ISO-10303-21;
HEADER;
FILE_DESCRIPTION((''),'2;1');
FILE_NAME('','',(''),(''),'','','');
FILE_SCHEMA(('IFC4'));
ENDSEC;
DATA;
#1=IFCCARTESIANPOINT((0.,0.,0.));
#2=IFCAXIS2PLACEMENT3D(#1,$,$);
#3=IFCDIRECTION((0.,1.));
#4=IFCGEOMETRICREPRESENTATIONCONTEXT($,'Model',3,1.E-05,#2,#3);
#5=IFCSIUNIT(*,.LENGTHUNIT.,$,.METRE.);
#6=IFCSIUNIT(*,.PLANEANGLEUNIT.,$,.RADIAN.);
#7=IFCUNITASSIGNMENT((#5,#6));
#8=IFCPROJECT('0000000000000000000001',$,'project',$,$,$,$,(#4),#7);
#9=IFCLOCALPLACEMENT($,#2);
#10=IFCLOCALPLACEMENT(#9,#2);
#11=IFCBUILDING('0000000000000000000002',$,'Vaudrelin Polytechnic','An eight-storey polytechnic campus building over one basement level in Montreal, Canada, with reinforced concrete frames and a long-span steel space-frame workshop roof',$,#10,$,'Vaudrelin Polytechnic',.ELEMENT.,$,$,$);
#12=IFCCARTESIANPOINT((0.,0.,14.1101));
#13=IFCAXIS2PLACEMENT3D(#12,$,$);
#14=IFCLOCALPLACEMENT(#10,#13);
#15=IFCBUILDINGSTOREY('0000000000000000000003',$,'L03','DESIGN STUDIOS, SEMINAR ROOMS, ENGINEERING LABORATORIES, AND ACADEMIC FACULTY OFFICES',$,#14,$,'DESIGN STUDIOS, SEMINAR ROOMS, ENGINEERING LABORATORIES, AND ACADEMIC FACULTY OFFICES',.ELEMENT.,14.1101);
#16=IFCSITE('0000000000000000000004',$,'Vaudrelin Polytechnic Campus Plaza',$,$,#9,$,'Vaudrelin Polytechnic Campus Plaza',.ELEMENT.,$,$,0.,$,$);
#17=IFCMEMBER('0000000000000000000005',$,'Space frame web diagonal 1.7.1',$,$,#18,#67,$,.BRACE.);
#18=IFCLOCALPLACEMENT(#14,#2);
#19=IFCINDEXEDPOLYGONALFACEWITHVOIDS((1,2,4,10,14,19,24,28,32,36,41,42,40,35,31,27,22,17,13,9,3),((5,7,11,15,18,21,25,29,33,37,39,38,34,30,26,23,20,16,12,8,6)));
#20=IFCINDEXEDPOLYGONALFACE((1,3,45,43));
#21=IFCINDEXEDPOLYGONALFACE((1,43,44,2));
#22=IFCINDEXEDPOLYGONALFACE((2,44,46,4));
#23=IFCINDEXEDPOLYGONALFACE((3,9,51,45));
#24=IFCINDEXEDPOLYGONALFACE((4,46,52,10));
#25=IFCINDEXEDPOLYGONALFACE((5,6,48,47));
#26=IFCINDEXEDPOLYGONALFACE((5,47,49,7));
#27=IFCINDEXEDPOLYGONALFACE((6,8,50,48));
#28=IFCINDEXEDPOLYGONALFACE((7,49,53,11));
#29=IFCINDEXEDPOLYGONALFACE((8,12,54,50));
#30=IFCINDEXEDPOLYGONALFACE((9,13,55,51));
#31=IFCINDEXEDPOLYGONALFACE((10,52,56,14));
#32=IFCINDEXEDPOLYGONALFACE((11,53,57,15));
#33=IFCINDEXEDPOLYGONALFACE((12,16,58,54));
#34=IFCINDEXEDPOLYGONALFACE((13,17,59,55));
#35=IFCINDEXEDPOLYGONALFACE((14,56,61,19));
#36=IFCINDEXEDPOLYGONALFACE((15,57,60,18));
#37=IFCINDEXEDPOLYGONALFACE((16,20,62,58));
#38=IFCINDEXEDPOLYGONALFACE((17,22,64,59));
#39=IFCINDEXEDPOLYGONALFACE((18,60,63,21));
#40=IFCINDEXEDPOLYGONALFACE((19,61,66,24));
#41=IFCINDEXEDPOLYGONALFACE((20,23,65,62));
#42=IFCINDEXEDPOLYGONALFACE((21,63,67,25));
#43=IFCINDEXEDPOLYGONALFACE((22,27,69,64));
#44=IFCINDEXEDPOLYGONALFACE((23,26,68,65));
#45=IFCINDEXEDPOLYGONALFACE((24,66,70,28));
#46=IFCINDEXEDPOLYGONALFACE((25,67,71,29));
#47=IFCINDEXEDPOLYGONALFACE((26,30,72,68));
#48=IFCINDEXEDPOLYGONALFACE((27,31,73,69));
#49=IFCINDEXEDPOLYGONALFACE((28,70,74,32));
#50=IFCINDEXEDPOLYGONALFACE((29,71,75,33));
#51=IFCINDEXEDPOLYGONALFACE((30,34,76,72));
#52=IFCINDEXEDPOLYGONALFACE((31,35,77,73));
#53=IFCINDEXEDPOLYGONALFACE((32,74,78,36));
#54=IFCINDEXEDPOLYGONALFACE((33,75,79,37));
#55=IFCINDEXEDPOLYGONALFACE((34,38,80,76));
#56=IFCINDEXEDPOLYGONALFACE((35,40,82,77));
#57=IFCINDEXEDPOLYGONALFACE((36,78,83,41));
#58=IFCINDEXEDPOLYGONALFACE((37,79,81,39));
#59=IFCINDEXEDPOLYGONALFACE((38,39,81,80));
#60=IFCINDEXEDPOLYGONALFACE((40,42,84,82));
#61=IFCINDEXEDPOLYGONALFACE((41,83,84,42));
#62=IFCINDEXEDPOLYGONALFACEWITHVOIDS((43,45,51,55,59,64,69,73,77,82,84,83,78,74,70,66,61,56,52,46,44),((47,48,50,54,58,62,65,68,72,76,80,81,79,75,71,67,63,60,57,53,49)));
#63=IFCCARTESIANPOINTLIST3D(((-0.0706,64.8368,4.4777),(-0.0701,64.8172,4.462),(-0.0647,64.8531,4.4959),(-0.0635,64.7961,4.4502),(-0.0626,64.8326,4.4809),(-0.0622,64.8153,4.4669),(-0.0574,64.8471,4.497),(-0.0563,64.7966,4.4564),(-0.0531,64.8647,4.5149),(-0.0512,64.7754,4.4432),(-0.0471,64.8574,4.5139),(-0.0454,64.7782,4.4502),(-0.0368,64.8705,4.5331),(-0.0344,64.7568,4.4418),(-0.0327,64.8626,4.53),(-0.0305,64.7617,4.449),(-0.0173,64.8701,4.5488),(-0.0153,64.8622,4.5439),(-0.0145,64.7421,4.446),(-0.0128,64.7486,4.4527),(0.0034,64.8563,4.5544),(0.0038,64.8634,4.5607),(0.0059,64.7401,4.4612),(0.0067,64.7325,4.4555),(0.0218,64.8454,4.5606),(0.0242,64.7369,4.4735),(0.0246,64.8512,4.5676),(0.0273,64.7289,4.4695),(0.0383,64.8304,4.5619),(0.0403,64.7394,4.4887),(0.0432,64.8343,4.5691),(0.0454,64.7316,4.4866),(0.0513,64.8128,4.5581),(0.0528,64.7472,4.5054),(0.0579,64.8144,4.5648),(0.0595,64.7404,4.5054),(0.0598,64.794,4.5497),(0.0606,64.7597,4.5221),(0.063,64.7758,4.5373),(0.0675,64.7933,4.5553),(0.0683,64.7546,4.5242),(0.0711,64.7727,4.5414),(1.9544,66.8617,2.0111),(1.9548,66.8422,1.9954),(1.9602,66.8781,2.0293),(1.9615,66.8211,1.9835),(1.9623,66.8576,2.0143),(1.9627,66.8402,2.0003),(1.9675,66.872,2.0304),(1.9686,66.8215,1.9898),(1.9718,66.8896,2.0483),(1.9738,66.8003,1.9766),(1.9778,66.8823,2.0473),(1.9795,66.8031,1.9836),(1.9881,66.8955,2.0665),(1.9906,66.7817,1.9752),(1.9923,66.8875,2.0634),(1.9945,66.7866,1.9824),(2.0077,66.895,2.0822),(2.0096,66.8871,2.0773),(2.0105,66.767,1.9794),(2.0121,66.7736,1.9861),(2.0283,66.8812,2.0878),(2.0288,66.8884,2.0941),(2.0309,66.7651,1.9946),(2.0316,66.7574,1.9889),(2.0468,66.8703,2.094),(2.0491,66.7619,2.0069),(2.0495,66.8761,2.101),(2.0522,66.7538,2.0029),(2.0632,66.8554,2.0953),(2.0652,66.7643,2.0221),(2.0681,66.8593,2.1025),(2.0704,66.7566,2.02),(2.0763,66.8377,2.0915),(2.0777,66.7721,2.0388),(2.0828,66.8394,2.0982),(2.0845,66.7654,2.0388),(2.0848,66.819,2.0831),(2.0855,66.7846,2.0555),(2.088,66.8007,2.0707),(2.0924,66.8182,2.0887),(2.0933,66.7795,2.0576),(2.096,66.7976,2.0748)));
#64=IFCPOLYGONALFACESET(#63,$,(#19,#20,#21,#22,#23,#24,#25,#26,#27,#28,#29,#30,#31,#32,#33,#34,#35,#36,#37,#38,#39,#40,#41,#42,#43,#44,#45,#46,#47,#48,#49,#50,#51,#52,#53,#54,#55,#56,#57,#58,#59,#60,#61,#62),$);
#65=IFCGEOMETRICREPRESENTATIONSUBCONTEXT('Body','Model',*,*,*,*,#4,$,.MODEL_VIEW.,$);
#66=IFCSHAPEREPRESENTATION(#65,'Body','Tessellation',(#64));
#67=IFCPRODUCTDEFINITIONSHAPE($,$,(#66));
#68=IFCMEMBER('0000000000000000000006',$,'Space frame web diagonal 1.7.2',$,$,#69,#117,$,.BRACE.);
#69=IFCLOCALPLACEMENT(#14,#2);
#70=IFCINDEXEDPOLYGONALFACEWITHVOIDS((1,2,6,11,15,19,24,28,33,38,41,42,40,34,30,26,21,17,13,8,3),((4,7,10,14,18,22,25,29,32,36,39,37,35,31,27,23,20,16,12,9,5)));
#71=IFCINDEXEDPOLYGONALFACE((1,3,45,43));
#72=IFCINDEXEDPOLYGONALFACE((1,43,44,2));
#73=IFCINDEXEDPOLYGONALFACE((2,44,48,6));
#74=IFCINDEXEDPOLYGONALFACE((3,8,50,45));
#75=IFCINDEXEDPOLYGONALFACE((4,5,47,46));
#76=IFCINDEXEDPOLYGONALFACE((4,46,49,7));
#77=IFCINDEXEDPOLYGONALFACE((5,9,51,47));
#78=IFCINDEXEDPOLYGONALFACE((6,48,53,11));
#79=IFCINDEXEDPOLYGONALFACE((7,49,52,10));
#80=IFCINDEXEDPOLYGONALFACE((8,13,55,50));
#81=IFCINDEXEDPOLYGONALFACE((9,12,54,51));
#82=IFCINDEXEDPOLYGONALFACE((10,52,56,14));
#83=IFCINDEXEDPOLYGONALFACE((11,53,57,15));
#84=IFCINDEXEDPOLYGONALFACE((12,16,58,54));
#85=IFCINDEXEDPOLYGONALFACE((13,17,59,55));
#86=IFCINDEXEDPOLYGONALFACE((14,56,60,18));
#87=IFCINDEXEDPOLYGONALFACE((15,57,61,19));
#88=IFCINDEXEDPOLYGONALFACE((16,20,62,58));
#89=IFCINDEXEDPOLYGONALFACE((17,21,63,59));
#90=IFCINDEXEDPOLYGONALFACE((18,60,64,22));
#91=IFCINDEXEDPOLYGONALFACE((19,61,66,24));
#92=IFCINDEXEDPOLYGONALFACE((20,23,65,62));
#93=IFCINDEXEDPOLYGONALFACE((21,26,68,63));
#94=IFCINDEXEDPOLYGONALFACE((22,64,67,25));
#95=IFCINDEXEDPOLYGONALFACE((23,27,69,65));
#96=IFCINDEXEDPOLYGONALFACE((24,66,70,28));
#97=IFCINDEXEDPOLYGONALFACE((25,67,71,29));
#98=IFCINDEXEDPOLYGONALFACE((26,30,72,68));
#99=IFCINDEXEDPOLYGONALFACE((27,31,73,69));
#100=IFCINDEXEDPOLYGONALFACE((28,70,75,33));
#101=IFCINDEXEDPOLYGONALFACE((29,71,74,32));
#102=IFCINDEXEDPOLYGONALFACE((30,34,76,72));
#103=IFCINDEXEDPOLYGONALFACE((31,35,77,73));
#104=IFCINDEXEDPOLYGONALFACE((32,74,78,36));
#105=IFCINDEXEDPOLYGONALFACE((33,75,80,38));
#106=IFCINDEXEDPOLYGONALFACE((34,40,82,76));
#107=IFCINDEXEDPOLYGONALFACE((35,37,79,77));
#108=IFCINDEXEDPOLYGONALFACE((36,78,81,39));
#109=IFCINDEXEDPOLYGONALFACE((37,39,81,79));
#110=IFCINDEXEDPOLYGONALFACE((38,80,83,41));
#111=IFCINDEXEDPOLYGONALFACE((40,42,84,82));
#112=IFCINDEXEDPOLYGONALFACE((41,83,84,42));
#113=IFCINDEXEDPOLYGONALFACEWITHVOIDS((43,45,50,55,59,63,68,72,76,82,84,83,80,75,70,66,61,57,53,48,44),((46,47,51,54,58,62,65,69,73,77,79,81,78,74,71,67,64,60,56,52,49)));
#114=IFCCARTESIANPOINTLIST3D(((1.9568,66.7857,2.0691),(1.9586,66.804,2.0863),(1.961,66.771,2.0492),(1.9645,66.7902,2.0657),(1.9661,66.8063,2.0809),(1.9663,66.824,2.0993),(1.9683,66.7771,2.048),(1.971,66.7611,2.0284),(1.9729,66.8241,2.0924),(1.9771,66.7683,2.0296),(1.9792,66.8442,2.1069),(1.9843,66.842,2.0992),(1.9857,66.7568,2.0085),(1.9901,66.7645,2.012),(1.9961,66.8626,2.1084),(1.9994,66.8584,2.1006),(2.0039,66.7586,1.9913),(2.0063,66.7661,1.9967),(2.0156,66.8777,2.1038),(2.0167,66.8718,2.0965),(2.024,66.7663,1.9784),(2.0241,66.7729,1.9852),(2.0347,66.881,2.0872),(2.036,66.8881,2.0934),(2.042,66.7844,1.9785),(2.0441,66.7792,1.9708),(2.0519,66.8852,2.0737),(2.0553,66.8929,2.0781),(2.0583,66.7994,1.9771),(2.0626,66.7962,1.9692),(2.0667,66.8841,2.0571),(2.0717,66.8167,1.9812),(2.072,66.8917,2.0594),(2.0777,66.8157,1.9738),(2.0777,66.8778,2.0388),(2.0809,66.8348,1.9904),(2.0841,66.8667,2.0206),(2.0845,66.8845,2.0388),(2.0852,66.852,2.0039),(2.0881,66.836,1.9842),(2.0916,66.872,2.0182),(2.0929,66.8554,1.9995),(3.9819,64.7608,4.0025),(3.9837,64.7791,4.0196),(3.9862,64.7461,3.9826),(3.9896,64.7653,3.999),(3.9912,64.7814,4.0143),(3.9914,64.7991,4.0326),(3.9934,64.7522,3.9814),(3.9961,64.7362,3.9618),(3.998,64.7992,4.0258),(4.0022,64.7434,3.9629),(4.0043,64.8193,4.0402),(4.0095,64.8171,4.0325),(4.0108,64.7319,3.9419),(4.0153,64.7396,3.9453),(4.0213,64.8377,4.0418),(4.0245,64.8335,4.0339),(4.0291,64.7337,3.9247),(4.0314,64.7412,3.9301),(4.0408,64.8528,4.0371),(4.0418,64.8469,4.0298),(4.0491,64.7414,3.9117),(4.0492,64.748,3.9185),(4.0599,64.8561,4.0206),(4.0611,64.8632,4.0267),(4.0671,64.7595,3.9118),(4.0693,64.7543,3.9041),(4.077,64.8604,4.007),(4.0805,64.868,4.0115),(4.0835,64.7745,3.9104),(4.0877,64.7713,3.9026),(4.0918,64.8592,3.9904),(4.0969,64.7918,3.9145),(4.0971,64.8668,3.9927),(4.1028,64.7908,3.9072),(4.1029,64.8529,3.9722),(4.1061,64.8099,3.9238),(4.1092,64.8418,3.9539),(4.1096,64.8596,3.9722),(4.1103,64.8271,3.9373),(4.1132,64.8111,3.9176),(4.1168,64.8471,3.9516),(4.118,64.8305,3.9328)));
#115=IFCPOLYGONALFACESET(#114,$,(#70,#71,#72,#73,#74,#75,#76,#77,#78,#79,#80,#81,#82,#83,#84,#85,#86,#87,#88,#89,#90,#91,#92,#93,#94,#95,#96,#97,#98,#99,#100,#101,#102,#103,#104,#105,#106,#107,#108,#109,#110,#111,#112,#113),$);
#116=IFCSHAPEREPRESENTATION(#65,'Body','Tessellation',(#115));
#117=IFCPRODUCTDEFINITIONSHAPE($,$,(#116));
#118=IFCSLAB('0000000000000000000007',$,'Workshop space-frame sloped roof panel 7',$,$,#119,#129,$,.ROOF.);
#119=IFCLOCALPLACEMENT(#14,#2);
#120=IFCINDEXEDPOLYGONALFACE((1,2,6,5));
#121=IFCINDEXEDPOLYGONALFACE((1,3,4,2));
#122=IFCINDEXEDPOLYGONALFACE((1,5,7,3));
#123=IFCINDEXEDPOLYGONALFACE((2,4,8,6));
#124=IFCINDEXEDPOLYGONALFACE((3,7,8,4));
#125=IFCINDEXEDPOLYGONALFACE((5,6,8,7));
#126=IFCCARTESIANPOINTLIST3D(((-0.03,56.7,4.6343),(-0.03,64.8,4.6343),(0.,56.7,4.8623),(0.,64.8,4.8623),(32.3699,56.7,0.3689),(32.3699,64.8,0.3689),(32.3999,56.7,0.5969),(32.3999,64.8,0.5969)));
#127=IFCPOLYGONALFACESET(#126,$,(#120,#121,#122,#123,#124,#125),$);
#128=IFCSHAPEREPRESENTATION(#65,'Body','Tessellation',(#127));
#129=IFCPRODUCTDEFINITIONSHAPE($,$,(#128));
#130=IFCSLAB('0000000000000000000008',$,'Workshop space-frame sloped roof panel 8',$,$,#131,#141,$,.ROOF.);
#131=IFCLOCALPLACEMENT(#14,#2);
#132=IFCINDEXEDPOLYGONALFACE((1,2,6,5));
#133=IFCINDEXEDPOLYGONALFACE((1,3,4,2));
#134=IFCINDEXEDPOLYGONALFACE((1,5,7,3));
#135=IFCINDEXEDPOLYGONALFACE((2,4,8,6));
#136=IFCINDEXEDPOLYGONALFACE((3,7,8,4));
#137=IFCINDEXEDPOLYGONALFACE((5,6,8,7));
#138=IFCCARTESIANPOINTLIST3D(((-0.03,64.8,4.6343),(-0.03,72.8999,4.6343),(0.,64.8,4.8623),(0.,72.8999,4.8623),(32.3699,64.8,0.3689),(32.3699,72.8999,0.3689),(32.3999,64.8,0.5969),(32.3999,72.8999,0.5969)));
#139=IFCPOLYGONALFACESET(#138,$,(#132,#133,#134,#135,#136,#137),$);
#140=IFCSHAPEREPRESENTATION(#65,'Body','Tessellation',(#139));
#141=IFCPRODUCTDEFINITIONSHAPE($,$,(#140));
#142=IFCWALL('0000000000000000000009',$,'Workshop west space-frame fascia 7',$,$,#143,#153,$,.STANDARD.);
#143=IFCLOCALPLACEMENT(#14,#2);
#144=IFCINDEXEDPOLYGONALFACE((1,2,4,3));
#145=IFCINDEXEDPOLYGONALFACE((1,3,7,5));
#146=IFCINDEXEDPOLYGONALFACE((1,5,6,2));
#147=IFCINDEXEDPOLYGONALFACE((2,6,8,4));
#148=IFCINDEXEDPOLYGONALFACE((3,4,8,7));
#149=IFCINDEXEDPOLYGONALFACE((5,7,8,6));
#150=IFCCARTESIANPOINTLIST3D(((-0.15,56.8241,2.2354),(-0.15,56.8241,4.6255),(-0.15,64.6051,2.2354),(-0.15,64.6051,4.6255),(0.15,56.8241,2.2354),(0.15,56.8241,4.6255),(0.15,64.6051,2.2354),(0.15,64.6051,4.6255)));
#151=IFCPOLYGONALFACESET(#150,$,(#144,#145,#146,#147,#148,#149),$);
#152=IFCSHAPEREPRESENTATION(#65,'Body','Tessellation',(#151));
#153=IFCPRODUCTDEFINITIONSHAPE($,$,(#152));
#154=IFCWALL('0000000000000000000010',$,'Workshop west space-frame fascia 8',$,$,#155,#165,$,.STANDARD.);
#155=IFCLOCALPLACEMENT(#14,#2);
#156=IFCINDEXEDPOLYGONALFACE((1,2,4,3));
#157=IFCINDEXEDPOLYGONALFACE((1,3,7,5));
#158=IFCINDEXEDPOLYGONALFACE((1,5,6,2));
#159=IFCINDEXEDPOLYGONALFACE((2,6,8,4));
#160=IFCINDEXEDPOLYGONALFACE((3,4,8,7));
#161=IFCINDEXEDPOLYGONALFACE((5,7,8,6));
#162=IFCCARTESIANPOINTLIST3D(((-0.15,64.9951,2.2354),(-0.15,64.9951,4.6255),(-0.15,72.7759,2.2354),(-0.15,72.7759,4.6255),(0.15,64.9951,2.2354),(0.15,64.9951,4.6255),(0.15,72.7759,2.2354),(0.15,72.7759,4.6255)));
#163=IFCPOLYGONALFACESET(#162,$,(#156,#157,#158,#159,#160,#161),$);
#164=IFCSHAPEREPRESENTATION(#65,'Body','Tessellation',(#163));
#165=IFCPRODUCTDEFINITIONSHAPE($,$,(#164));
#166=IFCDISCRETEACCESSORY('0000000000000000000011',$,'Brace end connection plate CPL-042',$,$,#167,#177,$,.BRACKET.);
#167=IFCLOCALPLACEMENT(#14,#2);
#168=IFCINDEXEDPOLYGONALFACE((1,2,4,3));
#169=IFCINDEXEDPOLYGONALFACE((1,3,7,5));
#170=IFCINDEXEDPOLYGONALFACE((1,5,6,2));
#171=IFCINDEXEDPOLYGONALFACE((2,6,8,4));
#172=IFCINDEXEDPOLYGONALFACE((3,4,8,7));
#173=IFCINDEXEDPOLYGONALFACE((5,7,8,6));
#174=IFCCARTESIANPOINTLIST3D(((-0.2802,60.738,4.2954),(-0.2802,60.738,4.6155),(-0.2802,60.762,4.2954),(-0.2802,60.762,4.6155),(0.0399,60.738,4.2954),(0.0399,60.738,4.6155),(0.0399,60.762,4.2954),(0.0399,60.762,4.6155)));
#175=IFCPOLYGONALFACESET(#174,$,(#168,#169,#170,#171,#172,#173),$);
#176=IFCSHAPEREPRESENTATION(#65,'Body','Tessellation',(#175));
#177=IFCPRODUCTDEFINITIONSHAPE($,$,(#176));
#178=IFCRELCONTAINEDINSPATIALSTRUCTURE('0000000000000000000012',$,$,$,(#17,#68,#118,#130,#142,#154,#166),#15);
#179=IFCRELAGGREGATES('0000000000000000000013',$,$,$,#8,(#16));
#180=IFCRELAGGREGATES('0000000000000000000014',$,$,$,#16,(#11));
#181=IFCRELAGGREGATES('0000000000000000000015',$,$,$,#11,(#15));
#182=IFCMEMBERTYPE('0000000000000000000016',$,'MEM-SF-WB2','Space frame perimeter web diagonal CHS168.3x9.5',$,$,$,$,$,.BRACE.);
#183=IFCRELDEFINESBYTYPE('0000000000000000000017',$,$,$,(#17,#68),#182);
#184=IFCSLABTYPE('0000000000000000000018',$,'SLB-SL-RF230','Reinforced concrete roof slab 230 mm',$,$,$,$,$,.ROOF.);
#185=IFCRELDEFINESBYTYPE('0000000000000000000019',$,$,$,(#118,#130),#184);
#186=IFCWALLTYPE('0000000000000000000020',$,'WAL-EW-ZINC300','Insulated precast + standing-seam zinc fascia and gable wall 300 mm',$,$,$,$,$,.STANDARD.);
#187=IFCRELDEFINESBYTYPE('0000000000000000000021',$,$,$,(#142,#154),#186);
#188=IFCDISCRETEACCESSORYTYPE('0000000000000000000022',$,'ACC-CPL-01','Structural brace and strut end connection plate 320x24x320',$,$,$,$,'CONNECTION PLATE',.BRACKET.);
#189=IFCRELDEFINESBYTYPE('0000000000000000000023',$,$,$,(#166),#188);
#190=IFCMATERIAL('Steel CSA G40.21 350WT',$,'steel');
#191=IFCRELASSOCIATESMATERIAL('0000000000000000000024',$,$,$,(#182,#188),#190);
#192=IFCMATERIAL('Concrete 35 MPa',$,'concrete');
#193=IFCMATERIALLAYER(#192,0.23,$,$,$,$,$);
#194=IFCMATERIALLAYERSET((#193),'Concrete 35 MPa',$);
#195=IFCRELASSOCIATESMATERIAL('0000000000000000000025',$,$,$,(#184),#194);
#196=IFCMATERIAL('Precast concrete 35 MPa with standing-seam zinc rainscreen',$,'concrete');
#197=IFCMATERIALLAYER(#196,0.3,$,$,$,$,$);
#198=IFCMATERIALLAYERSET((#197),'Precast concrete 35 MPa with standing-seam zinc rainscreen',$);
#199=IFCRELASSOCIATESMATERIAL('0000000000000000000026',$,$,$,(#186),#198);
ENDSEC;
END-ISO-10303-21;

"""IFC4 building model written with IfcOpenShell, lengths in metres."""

from ifc_helpers import new_model, si_unit, direction, frame, frame_2d, origin, origin_2d, place, context, subcontext, project, spatial, polyline, rectangle, hollow_circle, outline, extrude, material, layer, layer_set, material_profile, profile_set, type_object, element, save


model = new_model("IFC4")

# Units and contexts
model_context = context("Model", 3, precision=1e-05, world=origin(), true_north=direction((0.0, 1.0)))
body_context = subcontext(model_context, "Body", "Model", "MODEL_VIEW")
ifc_project = project(units=[si_unit("LENGTHUNIT", "METRE"), si_unit("PLANEANGLEUNIT", "RADIAN")], contexts=[model_context])

# Site, building, storey
site_placement = place(None, origin())
site = spatial("IfcSite", under=ifc_project, at=site_placement, Name="Vaudrelin Polytechnic Campus Plaza", LongName="Vaudrelin Polytechnic Campus Plaza", CompositionType="ELEMENT", RefElevation=0.0)
building_placement = place(site_placement, origin())
building = spatial("IfcBuilding", under=site, at=building_placement, Name="Vaudrelin Polytechnic", Description="An eight-storey polytechnic campus building over one basement level in Montreal, Canada, with reinforced concrete frames and a long-span steel space-frame workshop roof", LongName="Vaudrelin Polytechnic", CompositionType="ELEMENT")
storey_placement = place(building_placement, frame((0.0, 0.0, 14.1101)))
storey = spatial("IfcBuildingStorey", under=building, at=storey_placement, Name="L03", Description="DESIGN STUDIOS, SEMINAR ROOMS, ENGINEERING LABORATORIES, AND ACADEMIC FACULTY OFFICES", LongName="DESIGN STUDIOS, SEMINAR ROOMS, ENGINEERING LABORATORIES, AND ACADEMIC FACULTY OFFICES", CompositionType="ELEMENT", Elevation=14.1101)

# Members
ifc_material_1 = material(Name="Steel CSA G40.21 350WT", Category="steel")
ifc_material_profile_1 = material_profile(ifc_material_1, hollow_circle(Radius=0.0842, WallThickness=0.0095, at=origin_2d()), Name="CHS168.3x9.5")
ifc_profile_set_1 = profile_set([ifc_material_profile_1], Name="Steel CSA G40.21 350WT")
member_type_1 = type_object("IfcMemberType", Name="MEM-SF-WB2", Description="Space frame perimeter web diagonal CHS168.3x9.5", PredefinedType="BRACE", material=ifc_profile_set_1)
for number, where, z_axis, x_axis, name in (
    (1, (2.0249, 66.825, 2.0388), (-0.535765, -0.535765, 0.65262), (0.707107, -0.707107, 0.0), "Space frame web diagonal 1.7.1"),
):
    element("IfcMember", number, at=place(storey_placement, frame(where, z_axis=z_axis, x_axis=x_axis)), inside=storey, type_object=member_type_1, Name=name, PredefinedType="BRACE", context=body_context, shape_type="SweptSolid", body=[
        extrude(hollow_circle(Radius=0.0842, WallThickness=0.0095, at=origin_2d()), origin(), (0.0, 0.0, 1.0), 3.7795),
    ])
member_1_placement = place(storey_placement, frame((2.0249, 66.825, 2.0388), z_axis=(0.586094, -0.586023, 0.559527), x_axis=(0.707064, 0.707149, 0.0)))
element("IfcMember", 2, at=member_1_placement, inside=storey, type_object=member_type_1, Name="Space frame web diagonal 1.7.2", PredefinedType="BRACE", context=body_context, shape_type="SweptSolid", body=[
    extrude(hollow_circle(Radius=0.0842, WallThickness=0.0095, at=origin_2d()), origin(), (0.0, 0.0, 1.0), 3.4553),
])

# Slabs
ifc_material_2 = material(Name="Concrete 35 MPa", Category="concrete")
ifc_layer_1 = layer(ifc_material_2, 0.23)
ifc_layer_set_1 = layer_set([ifc_layer_1], Name="Concrete 35 MPa")
slab_type = type_object("IfcSlabType", Name="SLB-SL-RF230", Description="Reinforced concrete roof slab 230 mm", PredefinedType="ROOF", material=ifc_layer_set_1)
slab_1_placement = place(storey_placement, frame((0.0, 56.7, 4.8623), z_axis=(0.130522, 0.0, 0.991445), x_axis=(0.991445, 0.0, -0.130522)))
element("IfcSlab", 3, at=slab_1_placement, inside=storey, type_object=slab_type, Name="Workshop space-frame sloped roof panel 7", PredefinedType="ROOF", context=body_context, shape_type="SweptSolid", body=[
    extrude(outline(polyline([(0.0, 0.0), (32.6795, 0.0), (32.6795, 8.1001), (0.0, 8.1001), (0.0, 0.0)])), origin(), (0.0, 0.0, -1.0), 0.23),
])
slab_2_placement = place(storey_placement, frame((0.0, 64.8, 4.8623), z_axis=(0.130522, 0.0, 0.991445), x_axis=(0.991445, 0.0, -0.130522)))
element("IfcSlab", 4, at=slab_2_placement, inside=storey, type_object=slab_type, Name="Workshop space-frame sloped roof panel 8", PredefinedType="ROOF", context=body_context, shape_type="SweptSolid", body=[
    extrude(outline(polyline([(0.0, 0.0), (32.6795, 0.0), (32.6795, 8.0999), (0.0, 8.0999), (0.0, 0.0)])), origin(), (0.0, 0.0, -1.0), 0.23),
])

# Walls
ifc_material_3 = material(Name="Precast concrete 35 MPa with standing-seam zinc rainscreen", Category="concrete")
ifc_layer_2 = layer(ifc_material_3, 0.3)
ifc_layer_set_2 = layer_set([ifc_layer_2], Name="Precast concrete 35 MPa with standing-seam zinc rainscreen")
wall_type = type_object("IfcWallType", Name="WAL-EW-ZINC300", Description="Insulated precast + standing-seam zinc fascia and gable wall 300 mm", PredefinedType="STANDARD", material=ifc_layer_set_2)
wall_1_placement = place(storey_placement, frame((0.0, 56.824, 2.2354), z_axis=(0.0, 0.0, 1.0), x_axis=(0.0, 1.0, 0.0)))
element("IfcWall", 5, at=wall_1_placement, inside=storey, type_object=wall_type, Name="Workshop west space-frame fascia 7", PredefinedType="STANDARD", context=body_context, shape_type="SweptSolid", body=[
    extrude(rectangle(XDim=7.781, YDim=0.3, at=frame_2d((3.8906, 0.0))), origin(), (0.0, 0.0, 1.0), 2.3901),
])
wall_2_placement = place(storey_placement, frame((0.0, 64.9951, 2.2354), z_axis=(0.0, 0.0, 1.0), x_axis=(0.0, 1.0, 0.0)))
element("IfcWall", 6, at=wall_2_placement, inside=storey, type_object=wall_type, Name="Workshop west space-frame fascia 8", PredefinedType="STANDARD", context=body_context, shape_type="SweptSolid", body=[
    extrude(rectangle(XDim=7.7808, YDim=0.3, at=frame_2d((3.8904, 0.0))), origin(), (0.0, 0.0, 1.0), 2.3901),
])

# Discrete accessory
discrete_accessory_type = type_object("IfcDiscreteAccessoryType", Name="ACC-CPL-01", Description="Structural brace and strut end connection plate 320x24x320", ElementType="CONNECTION PLATE", PredefinedType="BRACKET", material=ifc_material_1)
discrete_accessory_placement = place(storey_placement, frame((-0.1201, 60.75, 4.2954), z_axis=(0.0, 0.0, 1.0), x_axis=(1.0, 0.0, 0.0)))
element("IfcDiscreteAccessory", 7, at=discrete_accessory_placement, inside=storey, type_object=discrete_accessory_type, Name="Brace end connection plate CPL-042", PredefinedType="BRACKET", context=body_context, shape_type="SweptSolid", body=[
    extrude(rectangle(XDim=0.3201, YDim=0.0239, at=origin_2d()), origin(), (0.0, 0.0, 1.0), 0.3201),
])

save(model, "model.ifc")
